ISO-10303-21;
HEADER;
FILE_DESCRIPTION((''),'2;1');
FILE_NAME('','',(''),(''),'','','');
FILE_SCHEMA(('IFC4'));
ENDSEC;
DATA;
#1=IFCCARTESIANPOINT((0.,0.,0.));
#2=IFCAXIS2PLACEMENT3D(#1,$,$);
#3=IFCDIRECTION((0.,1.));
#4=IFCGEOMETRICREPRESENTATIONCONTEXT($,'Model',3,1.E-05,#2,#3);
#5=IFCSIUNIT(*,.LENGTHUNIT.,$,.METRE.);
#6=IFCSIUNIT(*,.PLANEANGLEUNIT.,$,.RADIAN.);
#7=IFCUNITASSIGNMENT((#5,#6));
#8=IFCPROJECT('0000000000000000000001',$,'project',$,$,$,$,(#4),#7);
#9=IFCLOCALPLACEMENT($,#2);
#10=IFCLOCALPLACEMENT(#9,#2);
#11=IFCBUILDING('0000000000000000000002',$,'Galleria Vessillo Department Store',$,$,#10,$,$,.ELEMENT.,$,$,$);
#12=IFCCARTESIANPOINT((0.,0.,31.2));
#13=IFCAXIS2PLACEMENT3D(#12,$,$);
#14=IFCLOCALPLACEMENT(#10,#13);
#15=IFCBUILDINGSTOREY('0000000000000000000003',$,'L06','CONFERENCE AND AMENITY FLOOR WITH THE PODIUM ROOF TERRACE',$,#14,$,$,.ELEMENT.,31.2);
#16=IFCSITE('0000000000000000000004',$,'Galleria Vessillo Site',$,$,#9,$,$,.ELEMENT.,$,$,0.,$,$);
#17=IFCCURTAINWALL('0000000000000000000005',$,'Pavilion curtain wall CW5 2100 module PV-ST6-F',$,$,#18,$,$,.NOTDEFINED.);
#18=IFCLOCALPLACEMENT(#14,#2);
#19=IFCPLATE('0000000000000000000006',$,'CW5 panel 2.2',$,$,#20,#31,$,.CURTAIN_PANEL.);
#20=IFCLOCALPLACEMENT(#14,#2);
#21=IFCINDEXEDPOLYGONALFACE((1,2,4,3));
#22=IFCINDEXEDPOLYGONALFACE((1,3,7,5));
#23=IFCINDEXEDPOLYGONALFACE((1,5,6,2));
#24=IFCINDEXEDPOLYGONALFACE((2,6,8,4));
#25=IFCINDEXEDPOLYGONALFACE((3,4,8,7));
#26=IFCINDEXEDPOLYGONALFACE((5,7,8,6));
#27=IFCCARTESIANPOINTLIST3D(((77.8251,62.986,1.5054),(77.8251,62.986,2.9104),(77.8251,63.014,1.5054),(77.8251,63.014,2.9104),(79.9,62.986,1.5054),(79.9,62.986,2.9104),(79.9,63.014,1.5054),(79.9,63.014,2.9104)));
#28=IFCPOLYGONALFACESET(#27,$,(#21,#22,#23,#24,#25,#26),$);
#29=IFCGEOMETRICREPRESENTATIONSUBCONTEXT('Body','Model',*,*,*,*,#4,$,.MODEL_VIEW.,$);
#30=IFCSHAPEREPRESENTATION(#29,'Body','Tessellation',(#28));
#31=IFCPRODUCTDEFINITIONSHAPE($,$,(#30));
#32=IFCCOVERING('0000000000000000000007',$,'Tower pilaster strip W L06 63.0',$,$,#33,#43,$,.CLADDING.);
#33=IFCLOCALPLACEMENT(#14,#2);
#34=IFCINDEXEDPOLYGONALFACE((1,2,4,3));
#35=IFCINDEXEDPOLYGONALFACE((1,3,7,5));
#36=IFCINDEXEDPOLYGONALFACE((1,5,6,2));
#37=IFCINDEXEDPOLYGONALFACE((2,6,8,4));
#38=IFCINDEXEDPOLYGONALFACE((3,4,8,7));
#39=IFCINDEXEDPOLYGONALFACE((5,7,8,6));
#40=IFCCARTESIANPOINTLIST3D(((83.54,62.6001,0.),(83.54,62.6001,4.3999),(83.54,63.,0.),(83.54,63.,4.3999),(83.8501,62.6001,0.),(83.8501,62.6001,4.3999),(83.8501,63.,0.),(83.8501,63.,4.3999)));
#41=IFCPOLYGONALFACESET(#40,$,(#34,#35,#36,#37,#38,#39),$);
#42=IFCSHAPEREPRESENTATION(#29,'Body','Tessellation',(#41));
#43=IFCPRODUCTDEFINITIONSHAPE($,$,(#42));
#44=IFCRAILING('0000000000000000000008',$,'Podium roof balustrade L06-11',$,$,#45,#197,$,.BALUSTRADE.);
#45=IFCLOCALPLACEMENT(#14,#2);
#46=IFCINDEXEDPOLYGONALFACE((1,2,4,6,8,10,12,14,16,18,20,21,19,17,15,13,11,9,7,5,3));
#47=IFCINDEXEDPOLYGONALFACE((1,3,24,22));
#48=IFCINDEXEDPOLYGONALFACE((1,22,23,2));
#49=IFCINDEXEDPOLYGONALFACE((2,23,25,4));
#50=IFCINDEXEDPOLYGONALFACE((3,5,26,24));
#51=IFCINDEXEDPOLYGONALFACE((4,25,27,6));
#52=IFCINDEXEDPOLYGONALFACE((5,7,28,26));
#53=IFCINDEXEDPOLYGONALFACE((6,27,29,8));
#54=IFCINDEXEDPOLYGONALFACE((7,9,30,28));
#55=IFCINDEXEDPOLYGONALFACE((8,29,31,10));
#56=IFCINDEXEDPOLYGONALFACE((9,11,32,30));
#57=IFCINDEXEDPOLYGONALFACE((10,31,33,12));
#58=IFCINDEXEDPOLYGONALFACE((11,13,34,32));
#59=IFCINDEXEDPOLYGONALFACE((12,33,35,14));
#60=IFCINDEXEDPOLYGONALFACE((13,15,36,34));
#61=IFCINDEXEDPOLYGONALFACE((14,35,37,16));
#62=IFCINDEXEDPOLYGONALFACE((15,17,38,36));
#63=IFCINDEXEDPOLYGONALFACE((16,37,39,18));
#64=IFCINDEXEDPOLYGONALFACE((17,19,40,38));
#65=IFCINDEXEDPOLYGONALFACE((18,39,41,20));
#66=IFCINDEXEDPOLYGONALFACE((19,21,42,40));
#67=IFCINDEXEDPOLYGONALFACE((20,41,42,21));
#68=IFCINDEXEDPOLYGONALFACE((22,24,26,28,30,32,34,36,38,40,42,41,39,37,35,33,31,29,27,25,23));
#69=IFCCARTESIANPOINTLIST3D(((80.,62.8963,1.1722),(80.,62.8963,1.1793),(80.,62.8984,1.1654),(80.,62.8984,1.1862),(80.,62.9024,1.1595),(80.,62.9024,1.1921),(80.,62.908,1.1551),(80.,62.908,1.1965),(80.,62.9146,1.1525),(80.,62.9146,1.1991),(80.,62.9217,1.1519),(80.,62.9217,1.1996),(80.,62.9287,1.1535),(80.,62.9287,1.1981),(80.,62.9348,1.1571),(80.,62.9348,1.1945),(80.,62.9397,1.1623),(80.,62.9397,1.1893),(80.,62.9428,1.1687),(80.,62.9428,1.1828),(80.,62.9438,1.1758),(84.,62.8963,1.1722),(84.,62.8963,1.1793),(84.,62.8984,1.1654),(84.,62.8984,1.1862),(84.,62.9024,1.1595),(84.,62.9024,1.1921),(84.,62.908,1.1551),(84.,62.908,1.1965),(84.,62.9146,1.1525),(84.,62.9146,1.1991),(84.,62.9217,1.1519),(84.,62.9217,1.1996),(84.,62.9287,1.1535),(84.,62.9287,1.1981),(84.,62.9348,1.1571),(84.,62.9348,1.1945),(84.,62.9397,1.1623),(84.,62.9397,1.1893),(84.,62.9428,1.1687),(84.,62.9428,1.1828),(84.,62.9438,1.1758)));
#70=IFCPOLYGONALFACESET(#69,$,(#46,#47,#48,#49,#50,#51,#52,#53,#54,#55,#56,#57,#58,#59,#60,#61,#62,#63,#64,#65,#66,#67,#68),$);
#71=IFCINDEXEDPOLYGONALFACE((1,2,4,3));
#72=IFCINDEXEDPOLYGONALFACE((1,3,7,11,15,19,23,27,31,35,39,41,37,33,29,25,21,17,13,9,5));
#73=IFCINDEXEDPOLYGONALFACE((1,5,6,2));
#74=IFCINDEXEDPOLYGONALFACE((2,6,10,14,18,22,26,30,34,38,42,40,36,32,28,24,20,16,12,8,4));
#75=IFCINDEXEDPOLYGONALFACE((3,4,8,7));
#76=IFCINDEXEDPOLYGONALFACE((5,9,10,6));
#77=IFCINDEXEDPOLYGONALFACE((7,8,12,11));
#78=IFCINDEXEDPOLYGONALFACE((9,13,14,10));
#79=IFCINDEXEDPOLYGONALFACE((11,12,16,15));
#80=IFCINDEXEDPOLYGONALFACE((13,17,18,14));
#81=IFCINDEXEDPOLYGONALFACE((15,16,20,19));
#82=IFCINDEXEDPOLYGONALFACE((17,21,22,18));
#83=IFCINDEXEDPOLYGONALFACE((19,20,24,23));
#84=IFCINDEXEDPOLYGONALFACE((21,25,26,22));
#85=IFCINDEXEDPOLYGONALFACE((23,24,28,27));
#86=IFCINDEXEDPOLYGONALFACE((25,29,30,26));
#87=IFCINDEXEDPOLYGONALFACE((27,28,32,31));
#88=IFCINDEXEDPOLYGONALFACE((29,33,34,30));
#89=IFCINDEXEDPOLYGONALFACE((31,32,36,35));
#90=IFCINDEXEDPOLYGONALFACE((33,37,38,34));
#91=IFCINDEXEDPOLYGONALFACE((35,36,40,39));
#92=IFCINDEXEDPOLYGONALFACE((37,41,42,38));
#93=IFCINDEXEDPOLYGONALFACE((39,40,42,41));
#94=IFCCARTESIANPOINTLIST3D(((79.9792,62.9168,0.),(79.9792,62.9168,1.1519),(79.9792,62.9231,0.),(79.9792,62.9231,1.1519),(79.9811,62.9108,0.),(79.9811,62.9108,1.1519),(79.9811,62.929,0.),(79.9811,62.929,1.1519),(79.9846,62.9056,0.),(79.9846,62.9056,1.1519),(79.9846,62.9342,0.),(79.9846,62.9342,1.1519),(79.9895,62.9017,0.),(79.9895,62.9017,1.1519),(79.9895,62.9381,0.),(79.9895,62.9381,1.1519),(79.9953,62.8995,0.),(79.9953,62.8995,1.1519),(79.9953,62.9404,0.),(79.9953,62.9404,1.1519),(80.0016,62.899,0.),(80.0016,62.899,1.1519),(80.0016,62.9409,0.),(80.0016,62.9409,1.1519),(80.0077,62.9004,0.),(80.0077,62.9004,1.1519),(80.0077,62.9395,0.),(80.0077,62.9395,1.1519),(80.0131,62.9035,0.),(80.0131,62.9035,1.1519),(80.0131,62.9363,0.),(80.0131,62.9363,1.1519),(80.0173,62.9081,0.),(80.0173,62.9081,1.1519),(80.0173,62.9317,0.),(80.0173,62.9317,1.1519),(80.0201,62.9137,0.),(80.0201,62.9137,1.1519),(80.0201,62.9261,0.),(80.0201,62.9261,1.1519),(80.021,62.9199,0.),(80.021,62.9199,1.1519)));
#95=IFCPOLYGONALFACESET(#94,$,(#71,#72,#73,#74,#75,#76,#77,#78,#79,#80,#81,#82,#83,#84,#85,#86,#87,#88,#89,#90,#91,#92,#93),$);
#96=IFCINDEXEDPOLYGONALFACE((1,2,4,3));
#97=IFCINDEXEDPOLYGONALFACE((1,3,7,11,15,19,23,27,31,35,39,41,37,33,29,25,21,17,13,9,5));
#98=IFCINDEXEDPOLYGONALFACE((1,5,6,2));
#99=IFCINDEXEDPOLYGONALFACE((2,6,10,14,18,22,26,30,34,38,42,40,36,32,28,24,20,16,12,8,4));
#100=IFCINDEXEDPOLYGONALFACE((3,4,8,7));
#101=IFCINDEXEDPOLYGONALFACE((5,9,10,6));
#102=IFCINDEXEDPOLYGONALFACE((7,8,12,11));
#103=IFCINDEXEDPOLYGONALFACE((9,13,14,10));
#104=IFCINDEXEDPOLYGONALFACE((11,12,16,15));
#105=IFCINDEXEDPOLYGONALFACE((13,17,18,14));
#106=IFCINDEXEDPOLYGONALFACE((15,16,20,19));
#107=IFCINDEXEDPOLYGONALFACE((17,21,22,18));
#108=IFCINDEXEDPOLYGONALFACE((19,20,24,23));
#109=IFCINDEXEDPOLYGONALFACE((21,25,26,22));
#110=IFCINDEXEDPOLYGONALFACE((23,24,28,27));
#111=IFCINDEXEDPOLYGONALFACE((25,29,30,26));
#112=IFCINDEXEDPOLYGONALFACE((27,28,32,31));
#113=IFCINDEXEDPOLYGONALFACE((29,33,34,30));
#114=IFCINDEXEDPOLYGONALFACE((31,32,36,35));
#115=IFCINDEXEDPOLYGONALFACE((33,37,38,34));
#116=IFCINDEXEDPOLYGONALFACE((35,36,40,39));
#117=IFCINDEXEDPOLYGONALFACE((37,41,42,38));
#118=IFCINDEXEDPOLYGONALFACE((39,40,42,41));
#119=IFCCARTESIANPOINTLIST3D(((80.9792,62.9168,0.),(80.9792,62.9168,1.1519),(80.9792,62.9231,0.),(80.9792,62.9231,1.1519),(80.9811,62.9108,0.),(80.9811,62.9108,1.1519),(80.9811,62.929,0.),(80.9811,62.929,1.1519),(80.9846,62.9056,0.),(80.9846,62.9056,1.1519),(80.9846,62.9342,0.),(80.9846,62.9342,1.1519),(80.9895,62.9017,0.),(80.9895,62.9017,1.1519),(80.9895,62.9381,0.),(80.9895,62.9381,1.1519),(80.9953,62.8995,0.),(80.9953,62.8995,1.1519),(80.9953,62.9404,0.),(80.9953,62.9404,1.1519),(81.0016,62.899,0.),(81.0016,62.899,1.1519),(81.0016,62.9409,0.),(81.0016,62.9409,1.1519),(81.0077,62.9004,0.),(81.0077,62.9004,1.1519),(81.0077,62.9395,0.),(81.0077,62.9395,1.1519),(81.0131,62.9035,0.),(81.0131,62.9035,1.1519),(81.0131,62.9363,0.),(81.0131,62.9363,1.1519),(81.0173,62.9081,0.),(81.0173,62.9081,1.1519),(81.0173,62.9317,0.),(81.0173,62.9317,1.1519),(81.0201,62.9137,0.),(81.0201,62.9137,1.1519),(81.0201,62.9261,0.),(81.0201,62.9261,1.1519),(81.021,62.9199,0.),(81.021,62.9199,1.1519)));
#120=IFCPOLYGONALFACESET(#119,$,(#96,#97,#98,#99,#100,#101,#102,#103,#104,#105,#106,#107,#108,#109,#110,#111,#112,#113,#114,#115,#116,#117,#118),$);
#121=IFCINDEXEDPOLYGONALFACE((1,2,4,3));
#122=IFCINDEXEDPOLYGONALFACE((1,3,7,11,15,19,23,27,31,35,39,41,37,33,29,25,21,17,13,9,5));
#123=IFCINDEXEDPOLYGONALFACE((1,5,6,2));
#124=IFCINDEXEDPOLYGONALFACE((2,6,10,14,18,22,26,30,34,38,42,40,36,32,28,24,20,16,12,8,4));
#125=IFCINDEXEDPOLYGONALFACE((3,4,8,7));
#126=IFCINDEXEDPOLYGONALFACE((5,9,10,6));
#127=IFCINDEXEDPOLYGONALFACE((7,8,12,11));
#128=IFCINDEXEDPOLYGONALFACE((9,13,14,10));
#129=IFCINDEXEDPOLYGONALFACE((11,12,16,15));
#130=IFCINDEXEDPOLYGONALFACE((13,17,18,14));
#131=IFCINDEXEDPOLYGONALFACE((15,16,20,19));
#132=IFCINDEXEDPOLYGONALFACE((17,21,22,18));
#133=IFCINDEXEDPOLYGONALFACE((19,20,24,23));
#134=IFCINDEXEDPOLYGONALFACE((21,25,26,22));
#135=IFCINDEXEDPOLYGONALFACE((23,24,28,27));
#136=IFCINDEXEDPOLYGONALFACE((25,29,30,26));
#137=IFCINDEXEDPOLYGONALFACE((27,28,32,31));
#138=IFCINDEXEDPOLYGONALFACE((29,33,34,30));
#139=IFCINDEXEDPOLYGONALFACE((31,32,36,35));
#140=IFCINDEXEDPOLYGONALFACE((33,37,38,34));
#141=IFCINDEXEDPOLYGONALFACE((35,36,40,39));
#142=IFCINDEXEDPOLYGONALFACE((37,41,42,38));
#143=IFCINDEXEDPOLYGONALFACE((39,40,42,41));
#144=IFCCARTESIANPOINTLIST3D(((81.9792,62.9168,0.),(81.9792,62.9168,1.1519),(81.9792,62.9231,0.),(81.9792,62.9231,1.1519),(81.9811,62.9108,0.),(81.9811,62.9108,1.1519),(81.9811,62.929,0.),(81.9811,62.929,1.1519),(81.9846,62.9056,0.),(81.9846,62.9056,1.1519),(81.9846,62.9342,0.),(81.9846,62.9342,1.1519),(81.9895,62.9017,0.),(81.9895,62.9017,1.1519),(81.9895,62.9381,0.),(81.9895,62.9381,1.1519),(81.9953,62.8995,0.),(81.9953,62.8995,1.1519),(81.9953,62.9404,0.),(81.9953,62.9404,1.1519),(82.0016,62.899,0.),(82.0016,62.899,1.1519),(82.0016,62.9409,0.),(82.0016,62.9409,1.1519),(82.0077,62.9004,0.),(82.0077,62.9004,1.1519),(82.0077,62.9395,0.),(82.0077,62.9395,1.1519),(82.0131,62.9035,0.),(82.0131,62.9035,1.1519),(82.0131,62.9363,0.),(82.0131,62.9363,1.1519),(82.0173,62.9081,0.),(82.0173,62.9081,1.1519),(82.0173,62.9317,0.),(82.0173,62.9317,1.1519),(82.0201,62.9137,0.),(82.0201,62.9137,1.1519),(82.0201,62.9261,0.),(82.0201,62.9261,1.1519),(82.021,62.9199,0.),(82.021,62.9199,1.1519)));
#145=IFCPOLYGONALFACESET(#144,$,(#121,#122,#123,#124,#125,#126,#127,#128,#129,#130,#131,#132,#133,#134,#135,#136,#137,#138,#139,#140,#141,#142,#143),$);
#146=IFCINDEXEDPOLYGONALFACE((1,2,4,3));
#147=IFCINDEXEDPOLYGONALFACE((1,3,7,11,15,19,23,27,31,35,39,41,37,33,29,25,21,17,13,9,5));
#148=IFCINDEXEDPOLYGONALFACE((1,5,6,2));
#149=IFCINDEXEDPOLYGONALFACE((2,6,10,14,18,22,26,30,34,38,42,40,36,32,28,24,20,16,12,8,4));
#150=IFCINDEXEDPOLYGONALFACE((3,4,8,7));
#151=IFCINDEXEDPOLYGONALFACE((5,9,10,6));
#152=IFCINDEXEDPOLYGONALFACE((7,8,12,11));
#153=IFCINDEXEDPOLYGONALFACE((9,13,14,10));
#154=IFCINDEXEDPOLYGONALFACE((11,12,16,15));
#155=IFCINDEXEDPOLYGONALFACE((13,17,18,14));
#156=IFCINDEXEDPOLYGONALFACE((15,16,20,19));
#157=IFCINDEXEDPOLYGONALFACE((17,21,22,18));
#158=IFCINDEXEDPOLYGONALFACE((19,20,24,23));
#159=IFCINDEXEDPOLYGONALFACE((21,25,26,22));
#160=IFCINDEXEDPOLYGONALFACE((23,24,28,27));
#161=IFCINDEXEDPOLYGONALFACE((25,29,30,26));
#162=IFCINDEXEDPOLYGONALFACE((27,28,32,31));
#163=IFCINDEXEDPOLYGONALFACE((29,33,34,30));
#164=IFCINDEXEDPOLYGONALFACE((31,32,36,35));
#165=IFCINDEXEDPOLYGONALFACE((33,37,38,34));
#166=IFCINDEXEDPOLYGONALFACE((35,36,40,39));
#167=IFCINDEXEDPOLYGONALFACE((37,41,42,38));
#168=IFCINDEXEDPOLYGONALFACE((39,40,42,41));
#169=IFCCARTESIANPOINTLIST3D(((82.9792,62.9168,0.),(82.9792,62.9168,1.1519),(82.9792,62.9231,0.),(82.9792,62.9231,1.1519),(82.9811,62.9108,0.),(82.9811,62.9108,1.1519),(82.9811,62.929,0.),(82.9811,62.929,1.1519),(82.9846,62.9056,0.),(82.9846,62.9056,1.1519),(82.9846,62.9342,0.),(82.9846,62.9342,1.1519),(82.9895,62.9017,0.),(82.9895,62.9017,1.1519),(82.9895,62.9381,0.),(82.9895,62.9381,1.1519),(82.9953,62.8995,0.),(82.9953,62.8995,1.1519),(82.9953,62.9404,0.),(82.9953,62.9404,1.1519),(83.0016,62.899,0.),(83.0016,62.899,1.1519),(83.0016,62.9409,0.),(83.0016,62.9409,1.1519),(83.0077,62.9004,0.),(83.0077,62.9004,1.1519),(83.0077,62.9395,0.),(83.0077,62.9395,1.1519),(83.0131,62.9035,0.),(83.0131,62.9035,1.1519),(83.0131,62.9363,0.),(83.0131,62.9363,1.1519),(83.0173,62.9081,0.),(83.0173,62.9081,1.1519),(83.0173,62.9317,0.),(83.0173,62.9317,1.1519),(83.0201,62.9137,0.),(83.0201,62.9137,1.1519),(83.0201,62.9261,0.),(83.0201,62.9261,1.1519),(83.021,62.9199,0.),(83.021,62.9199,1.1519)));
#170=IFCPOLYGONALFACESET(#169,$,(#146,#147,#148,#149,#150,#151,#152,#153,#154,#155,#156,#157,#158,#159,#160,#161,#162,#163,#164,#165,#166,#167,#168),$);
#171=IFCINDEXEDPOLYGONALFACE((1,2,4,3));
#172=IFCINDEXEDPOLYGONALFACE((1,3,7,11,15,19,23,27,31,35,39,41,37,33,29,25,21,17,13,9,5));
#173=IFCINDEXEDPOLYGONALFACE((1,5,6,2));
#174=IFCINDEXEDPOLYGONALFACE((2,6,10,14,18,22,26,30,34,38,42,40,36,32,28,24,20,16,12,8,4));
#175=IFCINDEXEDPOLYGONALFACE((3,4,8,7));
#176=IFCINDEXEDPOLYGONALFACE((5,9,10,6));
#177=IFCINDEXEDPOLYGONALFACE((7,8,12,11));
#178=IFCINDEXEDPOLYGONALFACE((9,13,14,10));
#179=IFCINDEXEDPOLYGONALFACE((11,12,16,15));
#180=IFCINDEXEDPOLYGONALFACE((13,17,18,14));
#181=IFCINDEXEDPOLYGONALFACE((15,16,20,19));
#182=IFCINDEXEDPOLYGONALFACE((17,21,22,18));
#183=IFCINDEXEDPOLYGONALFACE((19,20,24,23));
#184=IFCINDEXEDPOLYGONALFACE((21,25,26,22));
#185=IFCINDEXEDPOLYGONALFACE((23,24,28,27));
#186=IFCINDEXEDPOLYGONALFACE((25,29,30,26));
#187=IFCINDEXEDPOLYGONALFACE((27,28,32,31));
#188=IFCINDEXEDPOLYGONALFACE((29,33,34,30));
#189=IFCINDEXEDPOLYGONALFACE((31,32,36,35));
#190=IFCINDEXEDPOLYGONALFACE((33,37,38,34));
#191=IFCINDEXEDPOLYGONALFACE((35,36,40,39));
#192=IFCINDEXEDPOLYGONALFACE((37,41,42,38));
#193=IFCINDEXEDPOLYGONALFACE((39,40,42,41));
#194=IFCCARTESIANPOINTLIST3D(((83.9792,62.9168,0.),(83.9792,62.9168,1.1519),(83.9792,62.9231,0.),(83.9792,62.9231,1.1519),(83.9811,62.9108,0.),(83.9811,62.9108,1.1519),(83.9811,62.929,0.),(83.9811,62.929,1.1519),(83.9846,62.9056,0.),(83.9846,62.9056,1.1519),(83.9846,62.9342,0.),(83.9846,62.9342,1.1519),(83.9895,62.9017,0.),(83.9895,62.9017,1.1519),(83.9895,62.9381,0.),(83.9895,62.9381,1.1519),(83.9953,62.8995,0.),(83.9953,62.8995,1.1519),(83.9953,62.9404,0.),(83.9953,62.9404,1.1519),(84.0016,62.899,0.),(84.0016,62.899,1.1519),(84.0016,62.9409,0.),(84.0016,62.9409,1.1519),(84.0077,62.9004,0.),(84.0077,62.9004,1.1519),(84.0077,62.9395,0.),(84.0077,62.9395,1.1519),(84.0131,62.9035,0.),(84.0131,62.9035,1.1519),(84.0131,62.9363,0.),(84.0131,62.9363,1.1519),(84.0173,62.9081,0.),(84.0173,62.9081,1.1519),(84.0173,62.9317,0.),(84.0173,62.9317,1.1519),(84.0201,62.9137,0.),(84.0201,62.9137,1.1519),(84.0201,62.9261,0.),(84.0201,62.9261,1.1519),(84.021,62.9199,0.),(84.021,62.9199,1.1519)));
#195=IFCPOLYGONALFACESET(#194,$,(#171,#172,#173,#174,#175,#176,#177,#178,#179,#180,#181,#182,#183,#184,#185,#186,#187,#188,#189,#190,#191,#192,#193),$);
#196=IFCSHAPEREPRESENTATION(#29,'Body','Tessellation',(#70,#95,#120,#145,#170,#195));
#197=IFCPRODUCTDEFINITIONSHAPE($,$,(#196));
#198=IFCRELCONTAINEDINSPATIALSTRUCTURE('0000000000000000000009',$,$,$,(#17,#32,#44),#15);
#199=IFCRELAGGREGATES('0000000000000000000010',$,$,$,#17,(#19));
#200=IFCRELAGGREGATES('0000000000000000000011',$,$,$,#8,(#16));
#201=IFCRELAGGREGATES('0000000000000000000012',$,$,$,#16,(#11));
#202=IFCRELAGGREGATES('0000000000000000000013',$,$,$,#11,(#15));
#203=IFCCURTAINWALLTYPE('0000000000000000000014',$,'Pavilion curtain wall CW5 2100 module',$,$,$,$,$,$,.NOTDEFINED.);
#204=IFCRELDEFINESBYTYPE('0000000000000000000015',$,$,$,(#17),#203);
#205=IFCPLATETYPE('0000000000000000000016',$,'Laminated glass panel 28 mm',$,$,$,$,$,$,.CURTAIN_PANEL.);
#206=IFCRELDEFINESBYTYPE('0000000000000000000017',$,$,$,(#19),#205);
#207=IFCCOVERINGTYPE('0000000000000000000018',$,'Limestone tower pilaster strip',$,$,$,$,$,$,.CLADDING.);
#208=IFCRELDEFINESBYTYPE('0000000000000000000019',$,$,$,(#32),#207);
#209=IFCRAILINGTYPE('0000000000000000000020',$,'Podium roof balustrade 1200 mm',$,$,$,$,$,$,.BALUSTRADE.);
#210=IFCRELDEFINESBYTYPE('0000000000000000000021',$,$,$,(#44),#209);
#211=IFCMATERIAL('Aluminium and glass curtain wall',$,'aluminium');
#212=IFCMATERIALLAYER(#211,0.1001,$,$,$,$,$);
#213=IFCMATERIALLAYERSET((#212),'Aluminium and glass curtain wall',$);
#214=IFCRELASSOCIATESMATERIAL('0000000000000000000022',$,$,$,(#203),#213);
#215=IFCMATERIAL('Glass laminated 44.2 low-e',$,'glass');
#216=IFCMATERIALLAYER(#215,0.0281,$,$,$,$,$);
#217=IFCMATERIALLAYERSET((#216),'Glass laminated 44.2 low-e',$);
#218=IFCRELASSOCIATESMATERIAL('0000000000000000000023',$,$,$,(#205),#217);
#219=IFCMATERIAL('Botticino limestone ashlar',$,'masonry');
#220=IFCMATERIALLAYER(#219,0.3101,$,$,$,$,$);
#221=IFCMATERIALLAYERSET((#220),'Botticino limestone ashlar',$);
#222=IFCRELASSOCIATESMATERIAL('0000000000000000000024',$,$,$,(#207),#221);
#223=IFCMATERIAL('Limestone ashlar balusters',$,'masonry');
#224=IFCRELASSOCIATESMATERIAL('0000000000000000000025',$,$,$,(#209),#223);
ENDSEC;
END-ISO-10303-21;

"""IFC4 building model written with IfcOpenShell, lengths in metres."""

from ifc_helpers import new_model, si_unit, direction, frame, origin, origin_2d, place, context, subcontext, project, spatial, rectangle, circle, extrude, material, layer, layer_set, type_object, element, aggregate, save


model = new_model("IFC4")

# Units and contexts
model_context = context("Model", 3, precision=1e-05, world=origin(), true_north=direction((0.0, 1.0)))
body_context = subcontext(model_context, "Body", "Model", "MODEL_VIEW")
ifc_project = project(units=[si_unit("LENGTHUNIT", "METRE"), si_unit("PLANEANGLEUNIT", "RADIAN")], contexts=[model_context])

# Site, building, storey
site_placement = place(None, origin())
site = spatial("IfcSite", under=ifc_project, at=site_placement, Name="Galleria Vessillo Site", CompositionType="ELEMENT", RefElevation=0.0)
building_placement = place(site_placement, origin())
building = spatial("IfcBuilding", under=site, at=building_placement, Name="Galleria Vessillo Department Store", CompositionType="ELEMENT")
storey_placement = place(building_placement, frame((0.0, 0.0, 31.2)))
storey = spatial("IfcBuildingStorey", under=building, at=storey_placement, Name="L06", Description="CONFERENCE AND AMENITY FLOOR WITH THE PODIUM ROOF TERRACE", CompositionType="ELEMENT", Elevation=31.2)

# Shared definitions
ifc_material_1 = material(Name="Aluminium and glass curtain wall", Category="aluminium")
ifc_layer_1 = layer(ifc_material_1, 0.1001)
ifc_layer_set_1 = layer_set([ifc_layer_1], Name="Aluminium and glass curtain wall")
curtain_wall_type = type_object("IfcCurtainWallType", Name="Pavilion curtain wall CW5 2100 module", PredefinedType="NOTDEFINED", material=ifc_layer_set_1)

# Curtain wall
curtain_wall_1_placement = place(storey_placement, origin())
curtain_wall_1 = element("IfcCurtainWall", 1, at=curtain_wall_1_placement, inside=storey, type_object=curtain_wall_type, Name="Pavilion curtain wall CW5 2100 module PV-ST6-F", PredefinedType="NOTDEFINED")

# Plate
ifc_material_2 = material(Name="Glass laminated 44.2 low-e", Category="glass")
ifc_layer_2 = layer(ifc_material_2, 0.0281)
ifc_layer_set_2 = layer_set([ifc_layer_2], Name="Glass laminated 44.2 low-e")
plate_type = type_object("IfcPlateType", Name="Laminated glass panel 28 mm", PredefinedType="CURTAIN_PANEL", material=ifc_layer_set_2)
plate_1_placement = place(storey_placement, frame((78.8625, 63.0, 1.5054), z_axis=(0.0, 0.0, 1.0), x_axis=(1.0, 0.0, 0.0)))
plate_1 = element("IfcPlate", 2, at=plate_1_placement, type_object=plate_type, Name="CW5 panel 2.2", PredefinedType="CURTAIN_PANEL", context=body_context, shape_type="SweptSolid", body=[
    extrude(rectangle(XDim=2.075, YDim=0.0281, at=origin_2d()), origin(), (0.0, 0.0, 1.0), 1.405),
])
aggregate(curtain_wall_1, [plate_1])

# Covering
ifc_material_3 = material(Name="Botticino limestone ashlar", Category="masonry")
ifc_layer_3 = layer(ifc_material_3, 0.3101)
ifc_layer_set_3 = layer_set([ifc_layer_3], Name="Botticino limestone ashlar")
covering_type = type_object("IfcCoveringType", Name="Limestone tower pilaster strip", PredefinedType="CLADDING", material=ifc_layer_set_3)
covering_placement = place(storey_placement, frame((83.6951, 62.8, 0.0), z_axis=(0.0, 0.0, 1.0), x_axis=(1.0, 0.0, 0.0)))
element("IfcCovering", 3, at=covering_placement, inside=storey, type_object=covering_type, Name="Tower pilaster strip W L06 63.0", PredefinedType="CLADDING", context=body_context, shape_type="SweptSolid", body=[
    extrude(rectangle(XDim=0.3101, YDim=0.3999, at=origin_2d()), origin(), (0.0, 0.0, 1.0), 4.3999),
])

# Railing
ifc_material_4 = material(Name="Limestone ashlar balusters", Category="masonry")
railing_type = type_object("IfcRailingType", Name="Podium roof balustrade 1200 mm", PredefinedType="BALUSTRADE", material=ifc_material_4)
railing_placement = place(storey_placement, frame((80.0, 62.9199, 0.0)))
element("IfcRailing", 4, at=railing_placement, inside=storey, type_object=railing_type, Name="Podium roof balustrade L06-11", PredefinedType="BALUSTRADE", context=body_context, shape_type="SweptSolid", body=[
    extrude(circle(Radius=0.0239, at=origin_2d()), frame((0.0, 0.0, 1.1758), z_axis=(1.0, 0.0, 0.0), x_axis=(0.0, 1.0, 0.0)), (0.0, 0.0, 1.0), 4.0),
    extrude(circle(Radius=0.021, at=origin_2d()), origin(), (0.0, 0.0, 1.0), 1.1519),
    extrude(circle(Radius=0.021, at=origin_2d()), frame((1.0, 0.0, 0.0)), (0.0, 0.0, 1.0), 1.1519),
    extrude(circle(Radius=0.021, at=origin_2d()), frame((2.0, 0.0, 0.0)), (0.0, 0.0, 1.0), 1.1519),
    extrude(circle(Radius=0.021, at=origin_2d()), frame((3.0, 0.0, 0.0)), (0.0, 0.0, 1.0), 1.1519),
    extrude(circle(Radius=0.021, at=origin_2d()), frame((4.0, 0.0, 0.0)), (0.0, 0.0, 1.0), 1.1519),
])

save(model, "model.ifc")
